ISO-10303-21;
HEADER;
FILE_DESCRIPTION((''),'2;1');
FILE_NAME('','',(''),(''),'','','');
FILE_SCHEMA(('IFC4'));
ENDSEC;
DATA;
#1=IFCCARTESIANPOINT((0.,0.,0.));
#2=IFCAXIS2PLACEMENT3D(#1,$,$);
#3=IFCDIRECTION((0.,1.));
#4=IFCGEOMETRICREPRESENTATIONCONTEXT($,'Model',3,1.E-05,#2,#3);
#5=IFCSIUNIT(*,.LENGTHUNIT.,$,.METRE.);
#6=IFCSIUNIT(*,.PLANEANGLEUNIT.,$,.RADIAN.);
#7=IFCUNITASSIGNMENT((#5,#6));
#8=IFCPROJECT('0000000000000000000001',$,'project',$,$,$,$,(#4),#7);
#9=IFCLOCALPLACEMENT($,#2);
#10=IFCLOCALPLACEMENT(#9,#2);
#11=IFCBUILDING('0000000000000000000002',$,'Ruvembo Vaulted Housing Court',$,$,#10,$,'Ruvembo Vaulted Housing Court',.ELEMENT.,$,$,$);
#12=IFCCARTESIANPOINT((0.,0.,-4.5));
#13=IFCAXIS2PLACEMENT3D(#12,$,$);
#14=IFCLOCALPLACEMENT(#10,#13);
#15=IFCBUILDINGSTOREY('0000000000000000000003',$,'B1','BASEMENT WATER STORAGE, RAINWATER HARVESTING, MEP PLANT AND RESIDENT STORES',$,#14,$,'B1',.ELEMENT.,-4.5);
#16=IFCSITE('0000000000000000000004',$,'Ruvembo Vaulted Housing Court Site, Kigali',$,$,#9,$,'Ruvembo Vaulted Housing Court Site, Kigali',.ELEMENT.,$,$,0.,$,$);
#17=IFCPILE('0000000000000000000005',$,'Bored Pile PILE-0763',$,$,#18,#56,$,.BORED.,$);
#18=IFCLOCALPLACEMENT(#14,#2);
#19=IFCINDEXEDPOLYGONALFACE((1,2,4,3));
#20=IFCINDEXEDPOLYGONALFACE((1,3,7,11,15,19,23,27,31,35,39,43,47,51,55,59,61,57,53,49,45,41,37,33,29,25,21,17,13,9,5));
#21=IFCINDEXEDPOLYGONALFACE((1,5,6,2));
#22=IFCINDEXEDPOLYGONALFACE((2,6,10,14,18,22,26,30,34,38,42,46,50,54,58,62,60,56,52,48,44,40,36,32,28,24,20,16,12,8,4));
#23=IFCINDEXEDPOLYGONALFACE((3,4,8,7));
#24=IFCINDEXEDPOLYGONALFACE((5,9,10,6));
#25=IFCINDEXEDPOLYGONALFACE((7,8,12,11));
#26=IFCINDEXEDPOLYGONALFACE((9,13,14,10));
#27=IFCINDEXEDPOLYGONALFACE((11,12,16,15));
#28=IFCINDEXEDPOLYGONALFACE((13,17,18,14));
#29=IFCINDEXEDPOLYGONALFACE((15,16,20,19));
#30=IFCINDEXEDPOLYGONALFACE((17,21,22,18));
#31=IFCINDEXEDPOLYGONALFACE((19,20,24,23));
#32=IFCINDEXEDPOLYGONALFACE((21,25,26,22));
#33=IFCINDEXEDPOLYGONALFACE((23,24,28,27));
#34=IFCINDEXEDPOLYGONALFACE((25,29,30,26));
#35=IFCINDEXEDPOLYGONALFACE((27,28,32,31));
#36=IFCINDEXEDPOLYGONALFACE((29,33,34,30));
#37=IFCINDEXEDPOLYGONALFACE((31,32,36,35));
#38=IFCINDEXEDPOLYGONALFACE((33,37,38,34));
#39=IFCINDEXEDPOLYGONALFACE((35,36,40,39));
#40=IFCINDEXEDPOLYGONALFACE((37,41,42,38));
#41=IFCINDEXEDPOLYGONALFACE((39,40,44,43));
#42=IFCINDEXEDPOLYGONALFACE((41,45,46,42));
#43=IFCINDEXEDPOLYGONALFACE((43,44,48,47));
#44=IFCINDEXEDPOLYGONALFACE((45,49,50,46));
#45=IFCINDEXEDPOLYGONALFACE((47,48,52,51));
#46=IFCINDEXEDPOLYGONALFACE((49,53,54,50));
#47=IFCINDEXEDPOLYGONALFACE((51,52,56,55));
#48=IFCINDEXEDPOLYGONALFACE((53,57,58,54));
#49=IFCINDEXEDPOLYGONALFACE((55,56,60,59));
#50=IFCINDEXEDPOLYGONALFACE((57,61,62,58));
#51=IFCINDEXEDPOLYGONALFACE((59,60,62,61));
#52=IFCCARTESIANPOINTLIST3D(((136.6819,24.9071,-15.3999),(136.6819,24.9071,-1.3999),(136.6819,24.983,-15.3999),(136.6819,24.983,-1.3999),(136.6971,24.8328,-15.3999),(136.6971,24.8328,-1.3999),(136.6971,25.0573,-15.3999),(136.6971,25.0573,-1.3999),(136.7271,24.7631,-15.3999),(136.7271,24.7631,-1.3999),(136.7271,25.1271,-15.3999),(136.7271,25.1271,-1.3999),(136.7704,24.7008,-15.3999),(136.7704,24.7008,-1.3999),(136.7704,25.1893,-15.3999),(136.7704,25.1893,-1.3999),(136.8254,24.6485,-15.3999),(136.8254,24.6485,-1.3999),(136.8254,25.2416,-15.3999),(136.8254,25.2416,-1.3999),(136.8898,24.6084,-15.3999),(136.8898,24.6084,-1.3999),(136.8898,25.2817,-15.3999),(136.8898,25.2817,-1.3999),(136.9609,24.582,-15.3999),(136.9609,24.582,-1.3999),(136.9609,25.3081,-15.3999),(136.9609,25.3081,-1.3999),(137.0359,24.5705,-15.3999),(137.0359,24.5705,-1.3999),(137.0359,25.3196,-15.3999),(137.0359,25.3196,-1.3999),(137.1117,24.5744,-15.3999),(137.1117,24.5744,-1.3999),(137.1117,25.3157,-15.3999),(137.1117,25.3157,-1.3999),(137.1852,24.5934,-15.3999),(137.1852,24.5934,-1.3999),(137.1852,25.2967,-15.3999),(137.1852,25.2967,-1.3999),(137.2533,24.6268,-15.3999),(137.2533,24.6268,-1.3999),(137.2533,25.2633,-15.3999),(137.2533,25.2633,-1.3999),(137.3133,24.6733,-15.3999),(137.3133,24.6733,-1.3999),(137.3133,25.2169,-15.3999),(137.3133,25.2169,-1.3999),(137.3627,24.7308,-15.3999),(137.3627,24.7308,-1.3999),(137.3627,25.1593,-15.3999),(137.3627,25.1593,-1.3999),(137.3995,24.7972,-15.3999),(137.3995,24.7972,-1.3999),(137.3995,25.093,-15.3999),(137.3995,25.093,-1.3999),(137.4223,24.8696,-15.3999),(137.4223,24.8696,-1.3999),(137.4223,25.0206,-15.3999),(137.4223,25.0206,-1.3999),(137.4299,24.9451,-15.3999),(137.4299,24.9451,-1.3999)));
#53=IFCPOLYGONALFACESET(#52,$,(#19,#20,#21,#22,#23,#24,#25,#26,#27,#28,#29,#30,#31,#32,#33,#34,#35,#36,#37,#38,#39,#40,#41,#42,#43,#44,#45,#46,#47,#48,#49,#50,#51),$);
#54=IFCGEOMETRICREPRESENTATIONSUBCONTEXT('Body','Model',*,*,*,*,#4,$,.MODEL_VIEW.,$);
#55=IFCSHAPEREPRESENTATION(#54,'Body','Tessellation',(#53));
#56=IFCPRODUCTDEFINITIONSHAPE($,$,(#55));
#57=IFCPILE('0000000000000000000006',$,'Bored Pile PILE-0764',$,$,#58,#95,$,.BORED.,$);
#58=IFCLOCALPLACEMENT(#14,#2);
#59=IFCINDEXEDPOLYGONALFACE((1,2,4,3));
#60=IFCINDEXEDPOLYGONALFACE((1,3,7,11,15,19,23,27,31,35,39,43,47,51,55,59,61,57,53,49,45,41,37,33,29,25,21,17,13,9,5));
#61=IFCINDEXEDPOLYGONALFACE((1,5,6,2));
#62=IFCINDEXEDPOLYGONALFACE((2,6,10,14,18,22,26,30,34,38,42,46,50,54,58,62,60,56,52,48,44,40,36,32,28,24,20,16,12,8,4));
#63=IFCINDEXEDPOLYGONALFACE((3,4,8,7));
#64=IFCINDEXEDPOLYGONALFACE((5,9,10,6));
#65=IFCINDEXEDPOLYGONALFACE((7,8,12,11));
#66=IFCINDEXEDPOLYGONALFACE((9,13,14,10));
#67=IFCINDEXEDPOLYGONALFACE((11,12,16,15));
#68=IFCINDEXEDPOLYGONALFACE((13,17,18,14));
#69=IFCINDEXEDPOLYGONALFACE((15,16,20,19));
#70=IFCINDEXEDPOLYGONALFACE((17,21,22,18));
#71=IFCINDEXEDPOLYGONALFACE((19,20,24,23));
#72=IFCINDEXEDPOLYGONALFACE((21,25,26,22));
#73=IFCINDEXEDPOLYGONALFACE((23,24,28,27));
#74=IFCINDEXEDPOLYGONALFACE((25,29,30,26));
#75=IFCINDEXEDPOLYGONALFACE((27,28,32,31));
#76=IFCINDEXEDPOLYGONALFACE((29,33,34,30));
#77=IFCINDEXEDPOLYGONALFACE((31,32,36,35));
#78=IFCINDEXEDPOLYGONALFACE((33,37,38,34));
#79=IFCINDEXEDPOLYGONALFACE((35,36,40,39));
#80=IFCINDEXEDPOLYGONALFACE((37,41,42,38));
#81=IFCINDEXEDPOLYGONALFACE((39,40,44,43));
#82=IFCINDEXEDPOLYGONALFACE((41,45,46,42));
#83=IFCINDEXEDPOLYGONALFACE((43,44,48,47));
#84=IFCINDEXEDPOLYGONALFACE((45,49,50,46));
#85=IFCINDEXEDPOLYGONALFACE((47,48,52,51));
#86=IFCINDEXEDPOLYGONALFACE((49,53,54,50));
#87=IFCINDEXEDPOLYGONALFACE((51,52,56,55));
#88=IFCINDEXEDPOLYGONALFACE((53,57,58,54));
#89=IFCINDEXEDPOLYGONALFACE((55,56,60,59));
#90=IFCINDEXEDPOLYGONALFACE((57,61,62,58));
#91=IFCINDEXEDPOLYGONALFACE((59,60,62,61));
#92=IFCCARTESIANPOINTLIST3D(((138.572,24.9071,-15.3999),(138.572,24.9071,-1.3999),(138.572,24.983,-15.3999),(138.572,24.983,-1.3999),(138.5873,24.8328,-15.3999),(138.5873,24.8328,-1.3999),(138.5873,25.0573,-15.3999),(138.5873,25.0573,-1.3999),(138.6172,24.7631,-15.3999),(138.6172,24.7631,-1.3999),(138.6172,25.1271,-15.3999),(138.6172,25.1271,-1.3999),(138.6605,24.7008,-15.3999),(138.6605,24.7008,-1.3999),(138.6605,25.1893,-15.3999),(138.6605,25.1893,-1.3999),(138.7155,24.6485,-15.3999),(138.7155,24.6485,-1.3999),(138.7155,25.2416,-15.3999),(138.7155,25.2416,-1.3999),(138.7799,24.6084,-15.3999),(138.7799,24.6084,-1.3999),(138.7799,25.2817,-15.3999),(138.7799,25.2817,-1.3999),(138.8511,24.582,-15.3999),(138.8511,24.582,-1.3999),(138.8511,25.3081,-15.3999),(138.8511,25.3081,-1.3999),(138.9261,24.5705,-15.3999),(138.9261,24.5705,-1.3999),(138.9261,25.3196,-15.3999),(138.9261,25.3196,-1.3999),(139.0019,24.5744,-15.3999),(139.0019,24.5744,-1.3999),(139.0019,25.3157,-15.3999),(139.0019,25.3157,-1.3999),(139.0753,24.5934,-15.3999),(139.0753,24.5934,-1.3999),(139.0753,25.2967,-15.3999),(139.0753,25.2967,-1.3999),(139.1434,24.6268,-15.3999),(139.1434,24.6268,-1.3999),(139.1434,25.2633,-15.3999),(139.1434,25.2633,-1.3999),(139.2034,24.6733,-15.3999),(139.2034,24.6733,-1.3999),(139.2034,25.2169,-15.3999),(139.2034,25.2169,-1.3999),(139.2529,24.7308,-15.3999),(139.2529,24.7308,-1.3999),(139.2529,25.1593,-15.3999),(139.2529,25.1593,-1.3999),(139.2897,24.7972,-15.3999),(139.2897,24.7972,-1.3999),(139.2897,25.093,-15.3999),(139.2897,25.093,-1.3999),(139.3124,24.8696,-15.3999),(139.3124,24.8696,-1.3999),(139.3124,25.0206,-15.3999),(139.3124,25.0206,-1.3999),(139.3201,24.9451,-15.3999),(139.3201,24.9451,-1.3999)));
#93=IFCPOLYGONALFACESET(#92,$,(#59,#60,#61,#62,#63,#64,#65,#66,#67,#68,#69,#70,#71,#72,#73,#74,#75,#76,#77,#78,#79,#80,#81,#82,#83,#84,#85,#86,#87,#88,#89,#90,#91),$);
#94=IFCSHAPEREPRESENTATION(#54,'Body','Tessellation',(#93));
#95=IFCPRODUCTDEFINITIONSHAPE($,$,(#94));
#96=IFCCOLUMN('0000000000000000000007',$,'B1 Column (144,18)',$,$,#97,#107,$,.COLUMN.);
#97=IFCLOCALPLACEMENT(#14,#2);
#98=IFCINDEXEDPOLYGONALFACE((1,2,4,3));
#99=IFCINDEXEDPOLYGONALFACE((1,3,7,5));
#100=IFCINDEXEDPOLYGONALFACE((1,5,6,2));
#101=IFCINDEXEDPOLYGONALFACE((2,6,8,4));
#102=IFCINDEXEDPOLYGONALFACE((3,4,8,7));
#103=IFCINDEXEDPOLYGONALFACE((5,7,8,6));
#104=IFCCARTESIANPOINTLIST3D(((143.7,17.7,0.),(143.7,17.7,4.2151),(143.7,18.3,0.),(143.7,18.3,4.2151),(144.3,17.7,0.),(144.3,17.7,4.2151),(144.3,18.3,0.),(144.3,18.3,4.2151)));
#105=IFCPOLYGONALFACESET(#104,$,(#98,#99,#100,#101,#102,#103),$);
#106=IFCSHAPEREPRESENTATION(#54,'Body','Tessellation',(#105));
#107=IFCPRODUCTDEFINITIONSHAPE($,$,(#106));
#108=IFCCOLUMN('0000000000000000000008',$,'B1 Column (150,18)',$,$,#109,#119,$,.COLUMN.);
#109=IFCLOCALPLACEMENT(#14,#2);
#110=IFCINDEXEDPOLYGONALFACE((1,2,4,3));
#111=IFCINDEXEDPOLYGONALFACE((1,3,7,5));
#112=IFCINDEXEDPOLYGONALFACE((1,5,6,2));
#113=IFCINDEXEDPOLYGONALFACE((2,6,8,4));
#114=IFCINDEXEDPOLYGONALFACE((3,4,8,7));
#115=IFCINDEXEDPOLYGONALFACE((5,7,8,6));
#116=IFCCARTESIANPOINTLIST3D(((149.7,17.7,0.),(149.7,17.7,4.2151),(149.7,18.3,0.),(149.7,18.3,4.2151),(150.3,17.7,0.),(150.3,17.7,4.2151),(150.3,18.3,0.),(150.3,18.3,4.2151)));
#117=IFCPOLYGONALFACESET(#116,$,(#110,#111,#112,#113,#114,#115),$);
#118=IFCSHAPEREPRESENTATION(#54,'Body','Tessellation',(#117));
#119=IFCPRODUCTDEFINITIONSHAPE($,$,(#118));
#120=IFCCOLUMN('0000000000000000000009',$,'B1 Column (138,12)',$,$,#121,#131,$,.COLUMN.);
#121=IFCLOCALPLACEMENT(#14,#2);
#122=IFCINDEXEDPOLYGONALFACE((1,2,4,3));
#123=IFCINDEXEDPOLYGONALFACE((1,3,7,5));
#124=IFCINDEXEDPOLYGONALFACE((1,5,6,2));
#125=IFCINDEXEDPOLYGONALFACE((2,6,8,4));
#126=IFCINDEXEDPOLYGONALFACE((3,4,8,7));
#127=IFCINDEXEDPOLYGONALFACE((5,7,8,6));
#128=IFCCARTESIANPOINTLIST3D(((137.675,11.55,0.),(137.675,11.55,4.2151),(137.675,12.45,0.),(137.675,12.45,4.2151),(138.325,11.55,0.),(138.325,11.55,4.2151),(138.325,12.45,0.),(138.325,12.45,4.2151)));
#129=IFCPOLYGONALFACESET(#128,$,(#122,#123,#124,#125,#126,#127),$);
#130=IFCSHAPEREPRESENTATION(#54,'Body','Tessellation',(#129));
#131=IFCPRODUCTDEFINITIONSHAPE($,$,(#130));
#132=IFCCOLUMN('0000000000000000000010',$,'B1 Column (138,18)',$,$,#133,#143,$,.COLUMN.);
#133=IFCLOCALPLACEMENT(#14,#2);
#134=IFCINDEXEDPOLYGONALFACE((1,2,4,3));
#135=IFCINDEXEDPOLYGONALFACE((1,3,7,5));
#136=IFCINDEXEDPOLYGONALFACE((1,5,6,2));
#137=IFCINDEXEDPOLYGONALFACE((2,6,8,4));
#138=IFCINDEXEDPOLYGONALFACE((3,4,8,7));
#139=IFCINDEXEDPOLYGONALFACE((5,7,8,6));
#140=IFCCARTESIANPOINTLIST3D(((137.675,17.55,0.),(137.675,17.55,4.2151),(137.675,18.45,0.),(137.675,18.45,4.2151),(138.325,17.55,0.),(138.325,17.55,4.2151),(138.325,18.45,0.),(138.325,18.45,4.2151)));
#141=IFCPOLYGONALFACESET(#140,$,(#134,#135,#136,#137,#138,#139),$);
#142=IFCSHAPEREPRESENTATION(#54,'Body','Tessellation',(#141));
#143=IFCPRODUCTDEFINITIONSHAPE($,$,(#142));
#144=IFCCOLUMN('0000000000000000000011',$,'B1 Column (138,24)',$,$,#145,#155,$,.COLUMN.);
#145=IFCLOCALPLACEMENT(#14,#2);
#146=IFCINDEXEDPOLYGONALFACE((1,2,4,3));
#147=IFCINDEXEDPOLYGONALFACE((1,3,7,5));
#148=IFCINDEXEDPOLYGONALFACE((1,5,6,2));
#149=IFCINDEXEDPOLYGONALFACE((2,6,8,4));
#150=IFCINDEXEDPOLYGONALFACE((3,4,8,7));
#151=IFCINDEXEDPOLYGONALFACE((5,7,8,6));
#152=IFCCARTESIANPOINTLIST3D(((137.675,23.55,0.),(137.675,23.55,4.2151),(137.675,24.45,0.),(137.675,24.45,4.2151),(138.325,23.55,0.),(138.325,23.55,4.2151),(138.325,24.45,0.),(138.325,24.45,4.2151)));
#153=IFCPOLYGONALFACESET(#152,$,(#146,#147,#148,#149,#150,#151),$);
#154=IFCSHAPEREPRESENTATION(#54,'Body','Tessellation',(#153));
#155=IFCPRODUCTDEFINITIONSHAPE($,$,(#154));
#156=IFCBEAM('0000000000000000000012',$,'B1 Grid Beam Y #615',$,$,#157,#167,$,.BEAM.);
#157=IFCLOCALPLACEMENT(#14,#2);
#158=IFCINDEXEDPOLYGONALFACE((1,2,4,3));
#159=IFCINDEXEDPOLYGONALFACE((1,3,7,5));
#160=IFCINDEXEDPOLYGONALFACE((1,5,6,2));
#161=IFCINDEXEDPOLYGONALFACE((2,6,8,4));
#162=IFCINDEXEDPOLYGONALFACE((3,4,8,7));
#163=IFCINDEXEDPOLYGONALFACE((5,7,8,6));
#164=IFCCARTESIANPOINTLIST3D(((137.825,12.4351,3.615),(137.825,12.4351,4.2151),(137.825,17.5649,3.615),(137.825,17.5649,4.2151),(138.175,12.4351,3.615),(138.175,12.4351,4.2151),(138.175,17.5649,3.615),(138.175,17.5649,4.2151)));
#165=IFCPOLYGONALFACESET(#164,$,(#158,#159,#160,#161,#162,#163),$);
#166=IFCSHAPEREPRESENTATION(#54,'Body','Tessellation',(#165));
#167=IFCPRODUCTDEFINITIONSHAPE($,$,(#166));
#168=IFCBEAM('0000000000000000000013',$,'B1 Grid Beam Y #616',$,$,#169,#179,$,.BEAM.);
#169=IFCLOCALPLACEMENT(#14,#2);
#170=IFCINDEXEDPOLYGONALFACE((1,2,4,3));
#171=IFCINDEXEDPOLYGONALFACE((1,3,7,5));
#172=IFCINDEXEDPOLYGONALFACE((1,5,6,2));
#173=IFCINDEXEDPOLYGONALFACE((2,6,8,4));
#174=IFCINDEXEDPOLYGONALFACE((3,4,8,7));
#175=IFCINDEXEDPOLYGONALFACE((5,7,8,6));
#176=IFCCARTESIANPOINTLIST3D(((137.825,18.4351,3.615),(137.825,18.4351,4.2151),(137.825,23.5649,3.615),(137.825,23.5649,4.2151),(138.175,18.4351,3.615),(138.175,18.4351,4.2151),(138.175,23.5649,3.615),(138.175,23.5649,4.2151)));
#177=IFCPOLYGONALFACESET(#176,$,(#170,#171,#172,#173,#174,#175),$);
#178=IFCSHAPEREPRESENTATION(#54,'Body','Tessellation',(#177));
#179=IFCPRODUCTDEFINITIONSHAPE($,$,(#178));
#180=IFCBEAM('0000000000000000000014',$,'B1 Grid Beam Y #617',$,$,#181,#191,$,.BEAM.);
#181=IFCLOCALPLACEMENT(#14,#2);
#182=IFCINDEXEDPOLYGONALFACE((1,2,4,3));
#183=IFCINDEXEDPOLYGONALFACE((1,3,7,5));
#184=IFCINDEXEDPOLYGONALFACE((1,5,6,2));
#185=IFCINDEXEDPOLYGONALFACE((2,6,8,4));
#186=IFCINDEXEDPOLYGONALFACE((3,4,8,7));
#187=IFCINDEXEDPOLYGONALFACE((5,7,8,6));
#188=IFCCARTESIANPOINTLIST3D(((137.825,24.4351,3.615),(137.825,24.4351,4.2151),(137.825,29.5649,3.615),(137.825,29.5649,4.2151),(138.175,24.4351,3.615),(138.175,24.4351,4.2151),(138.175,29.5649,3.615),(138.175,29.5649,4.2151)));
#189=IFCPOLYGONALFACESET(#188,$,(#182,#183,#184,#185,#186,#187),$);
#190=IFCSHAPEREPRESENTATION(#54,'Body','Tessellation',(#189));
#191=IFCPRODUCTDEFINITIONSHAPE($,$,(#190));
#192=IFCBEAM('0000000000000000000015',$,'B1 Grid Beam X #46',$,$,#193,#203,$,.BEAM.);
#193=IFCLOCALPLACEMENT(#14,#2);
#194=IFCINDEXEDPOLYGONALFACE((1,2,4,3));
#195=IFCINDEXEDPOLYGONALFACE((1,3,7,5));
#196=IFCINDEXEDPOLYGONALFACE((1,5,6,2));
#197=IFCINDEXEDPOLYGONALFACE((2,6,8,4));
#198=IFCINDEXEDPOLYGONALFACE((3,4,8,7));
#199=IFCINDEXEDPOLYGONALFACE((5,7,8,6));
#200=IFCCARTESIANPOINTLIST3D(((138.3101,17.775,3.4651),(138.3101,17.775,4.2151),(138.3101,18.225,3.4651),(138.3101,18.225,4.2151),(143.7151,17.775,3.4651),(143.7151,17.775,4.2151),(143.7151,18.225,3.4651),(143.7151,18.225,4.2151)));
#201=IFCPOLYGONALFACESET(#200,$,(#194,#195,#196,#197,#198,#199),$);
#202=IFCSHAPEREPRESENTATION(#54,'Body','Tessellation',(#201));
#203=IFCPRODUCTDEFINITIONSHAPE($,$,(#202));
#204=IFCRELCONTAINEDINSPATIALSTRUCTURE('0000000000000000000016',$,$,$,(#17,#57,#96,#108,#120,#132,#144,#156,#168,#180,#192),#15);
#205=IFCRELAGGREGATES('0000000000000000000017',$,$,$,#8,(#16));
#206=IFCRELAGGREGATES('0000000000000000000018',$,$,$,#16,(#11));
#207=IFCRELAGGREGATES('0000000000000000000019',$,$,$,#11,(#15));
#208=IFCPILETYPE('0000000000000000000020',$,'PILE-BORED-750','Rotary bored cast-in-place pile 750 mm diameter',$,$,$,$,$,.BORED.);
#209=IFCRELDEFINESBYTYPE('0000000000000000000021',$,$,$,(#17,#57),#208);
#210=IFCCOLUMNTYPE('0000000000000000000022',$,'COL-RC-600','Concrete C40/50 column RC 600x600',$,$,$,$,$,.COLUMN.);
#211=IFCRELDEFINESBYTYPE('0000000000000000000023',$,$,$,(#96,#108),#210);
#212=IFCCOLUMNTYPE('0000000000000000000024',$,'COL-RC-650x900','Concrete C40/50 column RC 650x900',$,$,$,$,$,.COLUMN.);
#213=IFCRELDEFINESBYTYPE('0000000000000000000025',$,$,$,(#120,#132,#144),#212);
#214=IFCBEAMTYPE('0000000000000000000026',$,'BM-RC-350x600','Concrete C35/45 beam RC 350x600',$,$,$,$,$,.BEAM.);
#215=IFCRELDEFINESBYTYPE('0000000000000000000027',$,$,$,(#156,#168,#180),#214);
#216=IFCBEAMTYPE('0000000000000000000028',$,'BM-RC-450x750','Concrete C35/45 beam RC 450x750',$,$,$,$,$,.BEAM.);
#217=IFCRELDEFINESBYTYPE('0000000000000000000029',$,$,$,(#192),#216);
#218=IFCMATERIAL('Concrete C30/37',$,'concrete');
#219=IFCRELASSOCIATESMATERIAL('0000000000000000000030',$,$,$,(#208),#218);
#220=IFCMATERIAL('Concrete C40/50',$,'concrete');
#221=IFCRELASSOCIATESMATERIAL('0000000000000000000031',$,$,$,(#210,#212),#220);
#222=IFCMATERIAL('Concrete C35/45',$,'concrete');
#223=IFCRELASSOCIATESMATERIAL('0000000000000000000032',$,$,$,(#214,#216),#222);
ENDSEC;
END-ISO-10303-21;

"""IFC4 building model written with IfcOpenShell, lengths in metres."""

from ifc_helpers import new_model, si_unit, direction, frame, origin, origin_2d, place, context, subcontext, project, spatial, rectangle, circle, extrude, material, material_profile, profile_set, type_object, element, save


model = new_model("IFC4")

# Units and contexts
model_context = context("Model", 3, precision=1e-05, world=origin(), true_north=direction((0.0, 1.0)))
body_context = subcontext(model_context, "Body", "Model", "MODEL_VIEW")
ifc_project = project(units=[si_unit("LENGTHUNIT", "METRE"), si_unit("PLANEANGLEUNIT", "RADIAN")], contexts=[model_context])

# Site, building, storey
site_placement = place(None, origin())
site = spatial("IfcSite", under=ifc_project, at=site_placement, Name="Ruvembo Vaulted Housing Court Site, Kigali", LongName="Ruvembo Vaulted Housing Court Site, Kigali", CompositionType="ELEMENT", RefElevation=0.0)
building_placement = place(site_placement, origin())
building = spatial("IfcBuilding", under=site, at=building_placement, Name="Ruvembo Vaulted Housing Court", LongName="Ruvembo Vaulted Housing Court", CompositionType="ELEMENT")
storey_placement = place(building_placement, frame((0.0, 0.0, -4.5)))
storey = spatial("IfcBuildingStorey", under=building, at=storey_placement, Name="B1", Description="BASEMENT WATER STORAGE, RAINWATER HARVESTING, MEP PLANT AND RESIDENT STORES", LongName="B1", CompositionType="ELEMENT", Elevation=-4.5)

# Shared definitions
ifc_material_1 = material(Name="Concrete C35/45", Category="concrete")

# Piles
ifc_material_2 = material(Name="Concrete C30/37", Category="concrete")
ifc_material_profile_1 = material_profile(ifc_material_2, circle(Radius=0.375, at=origin_2d()), Name="PILE D750")
ifc_profile_set_1 = profile_set([ifc_material_profile_1], Name="Concrete C30/37")
pile_type_1 = type_object("IfcPileType", Name="PILE-BORED-750", Description="Rotary bored cast-in-place pile 750 mm diameter", PredefinedType="BORED", material=ifc_profile_set_1)
for number, where, z_axis, x_axis, name in (
    (1, (137.0549, 24.9451, -1.3999), (0.0, 0.0, -1.0), (1.0, 0.0, 0.0), "Bored Pile PILE-0763"),
    (2, (138.9451, 24.9451, -1.3999), (0.0, 0.0, -1.0), (1.0, 0.0, 0.0), "Bored Pile PILE-0764"),
):
    element("IfcPile", number, at=place(storey_placement, frame(where, z_axis=z_axis, x_axis=x_axis)), inside=storey, type_object=pile_type_1, Name=name, PredefinedType="BORED", context=body_context, shape_type="SweptSolid", body=[
        extrude(circle(Radius=0.375, at=origin_2d()), origin(), (0.0, 0.0, 1.0), 14.0),
    ])

# Columns
ifc_material_3 = material(Name="Concrete C40/50", Category="concrete")
ifc_material_profile_2 = material_profile(ifc_material_3, rectangle(XDim=0.6001, YDim=0.6001, at=origin_2d()), Name="RC 600x600")
ifc_profile_set_2 = profile_set([ifc_material_profile_2], Name="Concrete C40/50")
column_type_1 = type_object("IfcColumnType", Name="COL-RC-600", Description="Concrete C40/50 column RC 600x600", PredefinedType="COLUMN", material=ifc_profile_set_2)
for number, where, z_axis, x_axis, name in (
    (3, (144.0, 18.0, 0.0), (0.0, 0.0, 1.0), (1.0, 0.0, 0.0), "B1 Column (144,18)"),
    (4, (150.0, 18.0, 0.0), (0.0, 0.0, 1.0), (1.0, 0.0, 0.0), "B1 Column (150,18)"),
):
    element("IfcColumn", number, at=place(storey_placement, frame(where, z_axis=z_axis, x_axis=x_axis)), inside=storey, type_object=column_type_1, Name=name, PredefinedType="COLUMN", context=body_context, shape_type="SweptSolid", body=[
        extrude(rectangle(XDim=0.6001, YDim=0.6001, at=origin_2d()), origin(), (0.0, 0.0, 1.0), 4.2151),
    ])
ifc_material_profile_3 = material_profile(ifc_material_3, rectangle(XDim=0.6499, YDim=0.8999, at=origin_2d()), Name="RC 650x900")
ifc_profile_set_3 = profile_set([ifc_material_profile_3], Name="Concrete C40/50")
column_type_2 = type_object("IfcColumnType", Name="COL-RC-650x900", Description="Concrete C40/50 column RC 650x900", PredefinedType="COLUMN", material=ifc_profile_set_3)
for number, where, z_axis, x_axis, name in (
    (5, (138.0, 12.0, 0.0), (0.0, 0.0, 1.0), (1.0, 0.0, 0.0), "B1 Column (138,12)"),
    (6, (138.0, 18.0, 0.0), (0.0, 0.0, 1.0), (1.0, 0.0, 0.0), "B1 Column (138,18)"),
    (7, (138.0, 24.0, 0.0), (0.0, 0.0, 1.0), (1.0, 0.0, 0.0), "B1 Column (138,24)"),
):
    element("IfcColumn", number, at=place(storey_placement, frame(where, z_axis=z_axis, x_axis=x_axis)), inside=storey, type_object=column_type_2, Name=name, PredefinedType="COLUMN", context=body_context, shape_type="SweptSolid", body=[
        extrude(rectangle(XDim=0.6499, YDim=0.8999, at=origin_2d()), origin(), (0.0, 0.0, 1.0), 4.2151),
    ])

# Beams
ifc_material_profile_4 = material_profile(ifc_material_1, rectangle(XDim=0.3501, YDim=0.6001, at=origin_2d()), Name="RC 350x600")
ifc_profile_set_4 = profile_set([ifc_material_profile_4], Name="Concrete C35/45")
beam_type_1 = type_object("IfcBeamType", Name="BM-RC-350x600", Description="Concrete C35/45 beam RC 350x600", PredefinedType="BEAM", material=ifc_profile_set_4)
for number, where, z_axis, x_axis, name in (
    (8, (138.0, 12.4351, 3.915), (0.0, 1.0, 0.0), (-1.0, 0.0, 0.0), "B1 Grid Beam Y #615"),
    (9, (138.0, 18.4351, 3.915), (0.0, 1.0, 0.0), (-1.0, 0.0, 0.0), "B1 Grid Beam Y #616"),
    (10, (138.0, 24.4351, 3.915), (0.0, 1.0, 0.0), (-1.0, 0.0, 0.0), "B1 Grid Beam Y #617"),
):
    element("IfcBeam", number, at=place(storey_placement, frame(where, z_axis=z_axis, x_axis=x_axis)), inside=storey, type_object=beam_type_1, Name=name, PredefinedType="BEAM", context=body_context, shape_type="SweptSolid", body=[
        extrude(rectangle(XDim=0.3501, YDim=0.6001, at=origin_2d()), origin(), (0.0, 0.0, 1.0), 5.1299),
    ])
ifc_material_profile_5 = material_profile(ifc_material_1, rectangle(XDim=0.45, YDim=0.75, at=origin_2d()), Name="RC 450x750")
ifc_profile_set_5 = profile_set([ifc_material_profile_5], Name="Concrete C35/45")
beam_type_2 = type_object("IfcBeamType", Name="BM-RC-450x750", Description="Concrete C35/45 beam RC 450x750", PredefinedType="BEAM", material=ifc_profile_set_5)
beam_placement = place(storey_placement, frame((138.3101, 18.0, 3.8401), z_axis=(1.0, 0.0, 0.0), x_axis=(0.0, 1.0, 0.0)))
element("IfcBeam", 11, at=beam_placement, inside=storey, type_object=beam_type_2, Name="B1 Grid Beam X #46", PredefinedType="BEAM", context=body_context, shape_type="SweptSolid", body=[
    extrude(rectangle(XDim=0.45, YDim=0.75, at=origin_2d()), origin(), (0.0, 0.0, 1.0), 5.405),
])

save(model, "model.ifc")
